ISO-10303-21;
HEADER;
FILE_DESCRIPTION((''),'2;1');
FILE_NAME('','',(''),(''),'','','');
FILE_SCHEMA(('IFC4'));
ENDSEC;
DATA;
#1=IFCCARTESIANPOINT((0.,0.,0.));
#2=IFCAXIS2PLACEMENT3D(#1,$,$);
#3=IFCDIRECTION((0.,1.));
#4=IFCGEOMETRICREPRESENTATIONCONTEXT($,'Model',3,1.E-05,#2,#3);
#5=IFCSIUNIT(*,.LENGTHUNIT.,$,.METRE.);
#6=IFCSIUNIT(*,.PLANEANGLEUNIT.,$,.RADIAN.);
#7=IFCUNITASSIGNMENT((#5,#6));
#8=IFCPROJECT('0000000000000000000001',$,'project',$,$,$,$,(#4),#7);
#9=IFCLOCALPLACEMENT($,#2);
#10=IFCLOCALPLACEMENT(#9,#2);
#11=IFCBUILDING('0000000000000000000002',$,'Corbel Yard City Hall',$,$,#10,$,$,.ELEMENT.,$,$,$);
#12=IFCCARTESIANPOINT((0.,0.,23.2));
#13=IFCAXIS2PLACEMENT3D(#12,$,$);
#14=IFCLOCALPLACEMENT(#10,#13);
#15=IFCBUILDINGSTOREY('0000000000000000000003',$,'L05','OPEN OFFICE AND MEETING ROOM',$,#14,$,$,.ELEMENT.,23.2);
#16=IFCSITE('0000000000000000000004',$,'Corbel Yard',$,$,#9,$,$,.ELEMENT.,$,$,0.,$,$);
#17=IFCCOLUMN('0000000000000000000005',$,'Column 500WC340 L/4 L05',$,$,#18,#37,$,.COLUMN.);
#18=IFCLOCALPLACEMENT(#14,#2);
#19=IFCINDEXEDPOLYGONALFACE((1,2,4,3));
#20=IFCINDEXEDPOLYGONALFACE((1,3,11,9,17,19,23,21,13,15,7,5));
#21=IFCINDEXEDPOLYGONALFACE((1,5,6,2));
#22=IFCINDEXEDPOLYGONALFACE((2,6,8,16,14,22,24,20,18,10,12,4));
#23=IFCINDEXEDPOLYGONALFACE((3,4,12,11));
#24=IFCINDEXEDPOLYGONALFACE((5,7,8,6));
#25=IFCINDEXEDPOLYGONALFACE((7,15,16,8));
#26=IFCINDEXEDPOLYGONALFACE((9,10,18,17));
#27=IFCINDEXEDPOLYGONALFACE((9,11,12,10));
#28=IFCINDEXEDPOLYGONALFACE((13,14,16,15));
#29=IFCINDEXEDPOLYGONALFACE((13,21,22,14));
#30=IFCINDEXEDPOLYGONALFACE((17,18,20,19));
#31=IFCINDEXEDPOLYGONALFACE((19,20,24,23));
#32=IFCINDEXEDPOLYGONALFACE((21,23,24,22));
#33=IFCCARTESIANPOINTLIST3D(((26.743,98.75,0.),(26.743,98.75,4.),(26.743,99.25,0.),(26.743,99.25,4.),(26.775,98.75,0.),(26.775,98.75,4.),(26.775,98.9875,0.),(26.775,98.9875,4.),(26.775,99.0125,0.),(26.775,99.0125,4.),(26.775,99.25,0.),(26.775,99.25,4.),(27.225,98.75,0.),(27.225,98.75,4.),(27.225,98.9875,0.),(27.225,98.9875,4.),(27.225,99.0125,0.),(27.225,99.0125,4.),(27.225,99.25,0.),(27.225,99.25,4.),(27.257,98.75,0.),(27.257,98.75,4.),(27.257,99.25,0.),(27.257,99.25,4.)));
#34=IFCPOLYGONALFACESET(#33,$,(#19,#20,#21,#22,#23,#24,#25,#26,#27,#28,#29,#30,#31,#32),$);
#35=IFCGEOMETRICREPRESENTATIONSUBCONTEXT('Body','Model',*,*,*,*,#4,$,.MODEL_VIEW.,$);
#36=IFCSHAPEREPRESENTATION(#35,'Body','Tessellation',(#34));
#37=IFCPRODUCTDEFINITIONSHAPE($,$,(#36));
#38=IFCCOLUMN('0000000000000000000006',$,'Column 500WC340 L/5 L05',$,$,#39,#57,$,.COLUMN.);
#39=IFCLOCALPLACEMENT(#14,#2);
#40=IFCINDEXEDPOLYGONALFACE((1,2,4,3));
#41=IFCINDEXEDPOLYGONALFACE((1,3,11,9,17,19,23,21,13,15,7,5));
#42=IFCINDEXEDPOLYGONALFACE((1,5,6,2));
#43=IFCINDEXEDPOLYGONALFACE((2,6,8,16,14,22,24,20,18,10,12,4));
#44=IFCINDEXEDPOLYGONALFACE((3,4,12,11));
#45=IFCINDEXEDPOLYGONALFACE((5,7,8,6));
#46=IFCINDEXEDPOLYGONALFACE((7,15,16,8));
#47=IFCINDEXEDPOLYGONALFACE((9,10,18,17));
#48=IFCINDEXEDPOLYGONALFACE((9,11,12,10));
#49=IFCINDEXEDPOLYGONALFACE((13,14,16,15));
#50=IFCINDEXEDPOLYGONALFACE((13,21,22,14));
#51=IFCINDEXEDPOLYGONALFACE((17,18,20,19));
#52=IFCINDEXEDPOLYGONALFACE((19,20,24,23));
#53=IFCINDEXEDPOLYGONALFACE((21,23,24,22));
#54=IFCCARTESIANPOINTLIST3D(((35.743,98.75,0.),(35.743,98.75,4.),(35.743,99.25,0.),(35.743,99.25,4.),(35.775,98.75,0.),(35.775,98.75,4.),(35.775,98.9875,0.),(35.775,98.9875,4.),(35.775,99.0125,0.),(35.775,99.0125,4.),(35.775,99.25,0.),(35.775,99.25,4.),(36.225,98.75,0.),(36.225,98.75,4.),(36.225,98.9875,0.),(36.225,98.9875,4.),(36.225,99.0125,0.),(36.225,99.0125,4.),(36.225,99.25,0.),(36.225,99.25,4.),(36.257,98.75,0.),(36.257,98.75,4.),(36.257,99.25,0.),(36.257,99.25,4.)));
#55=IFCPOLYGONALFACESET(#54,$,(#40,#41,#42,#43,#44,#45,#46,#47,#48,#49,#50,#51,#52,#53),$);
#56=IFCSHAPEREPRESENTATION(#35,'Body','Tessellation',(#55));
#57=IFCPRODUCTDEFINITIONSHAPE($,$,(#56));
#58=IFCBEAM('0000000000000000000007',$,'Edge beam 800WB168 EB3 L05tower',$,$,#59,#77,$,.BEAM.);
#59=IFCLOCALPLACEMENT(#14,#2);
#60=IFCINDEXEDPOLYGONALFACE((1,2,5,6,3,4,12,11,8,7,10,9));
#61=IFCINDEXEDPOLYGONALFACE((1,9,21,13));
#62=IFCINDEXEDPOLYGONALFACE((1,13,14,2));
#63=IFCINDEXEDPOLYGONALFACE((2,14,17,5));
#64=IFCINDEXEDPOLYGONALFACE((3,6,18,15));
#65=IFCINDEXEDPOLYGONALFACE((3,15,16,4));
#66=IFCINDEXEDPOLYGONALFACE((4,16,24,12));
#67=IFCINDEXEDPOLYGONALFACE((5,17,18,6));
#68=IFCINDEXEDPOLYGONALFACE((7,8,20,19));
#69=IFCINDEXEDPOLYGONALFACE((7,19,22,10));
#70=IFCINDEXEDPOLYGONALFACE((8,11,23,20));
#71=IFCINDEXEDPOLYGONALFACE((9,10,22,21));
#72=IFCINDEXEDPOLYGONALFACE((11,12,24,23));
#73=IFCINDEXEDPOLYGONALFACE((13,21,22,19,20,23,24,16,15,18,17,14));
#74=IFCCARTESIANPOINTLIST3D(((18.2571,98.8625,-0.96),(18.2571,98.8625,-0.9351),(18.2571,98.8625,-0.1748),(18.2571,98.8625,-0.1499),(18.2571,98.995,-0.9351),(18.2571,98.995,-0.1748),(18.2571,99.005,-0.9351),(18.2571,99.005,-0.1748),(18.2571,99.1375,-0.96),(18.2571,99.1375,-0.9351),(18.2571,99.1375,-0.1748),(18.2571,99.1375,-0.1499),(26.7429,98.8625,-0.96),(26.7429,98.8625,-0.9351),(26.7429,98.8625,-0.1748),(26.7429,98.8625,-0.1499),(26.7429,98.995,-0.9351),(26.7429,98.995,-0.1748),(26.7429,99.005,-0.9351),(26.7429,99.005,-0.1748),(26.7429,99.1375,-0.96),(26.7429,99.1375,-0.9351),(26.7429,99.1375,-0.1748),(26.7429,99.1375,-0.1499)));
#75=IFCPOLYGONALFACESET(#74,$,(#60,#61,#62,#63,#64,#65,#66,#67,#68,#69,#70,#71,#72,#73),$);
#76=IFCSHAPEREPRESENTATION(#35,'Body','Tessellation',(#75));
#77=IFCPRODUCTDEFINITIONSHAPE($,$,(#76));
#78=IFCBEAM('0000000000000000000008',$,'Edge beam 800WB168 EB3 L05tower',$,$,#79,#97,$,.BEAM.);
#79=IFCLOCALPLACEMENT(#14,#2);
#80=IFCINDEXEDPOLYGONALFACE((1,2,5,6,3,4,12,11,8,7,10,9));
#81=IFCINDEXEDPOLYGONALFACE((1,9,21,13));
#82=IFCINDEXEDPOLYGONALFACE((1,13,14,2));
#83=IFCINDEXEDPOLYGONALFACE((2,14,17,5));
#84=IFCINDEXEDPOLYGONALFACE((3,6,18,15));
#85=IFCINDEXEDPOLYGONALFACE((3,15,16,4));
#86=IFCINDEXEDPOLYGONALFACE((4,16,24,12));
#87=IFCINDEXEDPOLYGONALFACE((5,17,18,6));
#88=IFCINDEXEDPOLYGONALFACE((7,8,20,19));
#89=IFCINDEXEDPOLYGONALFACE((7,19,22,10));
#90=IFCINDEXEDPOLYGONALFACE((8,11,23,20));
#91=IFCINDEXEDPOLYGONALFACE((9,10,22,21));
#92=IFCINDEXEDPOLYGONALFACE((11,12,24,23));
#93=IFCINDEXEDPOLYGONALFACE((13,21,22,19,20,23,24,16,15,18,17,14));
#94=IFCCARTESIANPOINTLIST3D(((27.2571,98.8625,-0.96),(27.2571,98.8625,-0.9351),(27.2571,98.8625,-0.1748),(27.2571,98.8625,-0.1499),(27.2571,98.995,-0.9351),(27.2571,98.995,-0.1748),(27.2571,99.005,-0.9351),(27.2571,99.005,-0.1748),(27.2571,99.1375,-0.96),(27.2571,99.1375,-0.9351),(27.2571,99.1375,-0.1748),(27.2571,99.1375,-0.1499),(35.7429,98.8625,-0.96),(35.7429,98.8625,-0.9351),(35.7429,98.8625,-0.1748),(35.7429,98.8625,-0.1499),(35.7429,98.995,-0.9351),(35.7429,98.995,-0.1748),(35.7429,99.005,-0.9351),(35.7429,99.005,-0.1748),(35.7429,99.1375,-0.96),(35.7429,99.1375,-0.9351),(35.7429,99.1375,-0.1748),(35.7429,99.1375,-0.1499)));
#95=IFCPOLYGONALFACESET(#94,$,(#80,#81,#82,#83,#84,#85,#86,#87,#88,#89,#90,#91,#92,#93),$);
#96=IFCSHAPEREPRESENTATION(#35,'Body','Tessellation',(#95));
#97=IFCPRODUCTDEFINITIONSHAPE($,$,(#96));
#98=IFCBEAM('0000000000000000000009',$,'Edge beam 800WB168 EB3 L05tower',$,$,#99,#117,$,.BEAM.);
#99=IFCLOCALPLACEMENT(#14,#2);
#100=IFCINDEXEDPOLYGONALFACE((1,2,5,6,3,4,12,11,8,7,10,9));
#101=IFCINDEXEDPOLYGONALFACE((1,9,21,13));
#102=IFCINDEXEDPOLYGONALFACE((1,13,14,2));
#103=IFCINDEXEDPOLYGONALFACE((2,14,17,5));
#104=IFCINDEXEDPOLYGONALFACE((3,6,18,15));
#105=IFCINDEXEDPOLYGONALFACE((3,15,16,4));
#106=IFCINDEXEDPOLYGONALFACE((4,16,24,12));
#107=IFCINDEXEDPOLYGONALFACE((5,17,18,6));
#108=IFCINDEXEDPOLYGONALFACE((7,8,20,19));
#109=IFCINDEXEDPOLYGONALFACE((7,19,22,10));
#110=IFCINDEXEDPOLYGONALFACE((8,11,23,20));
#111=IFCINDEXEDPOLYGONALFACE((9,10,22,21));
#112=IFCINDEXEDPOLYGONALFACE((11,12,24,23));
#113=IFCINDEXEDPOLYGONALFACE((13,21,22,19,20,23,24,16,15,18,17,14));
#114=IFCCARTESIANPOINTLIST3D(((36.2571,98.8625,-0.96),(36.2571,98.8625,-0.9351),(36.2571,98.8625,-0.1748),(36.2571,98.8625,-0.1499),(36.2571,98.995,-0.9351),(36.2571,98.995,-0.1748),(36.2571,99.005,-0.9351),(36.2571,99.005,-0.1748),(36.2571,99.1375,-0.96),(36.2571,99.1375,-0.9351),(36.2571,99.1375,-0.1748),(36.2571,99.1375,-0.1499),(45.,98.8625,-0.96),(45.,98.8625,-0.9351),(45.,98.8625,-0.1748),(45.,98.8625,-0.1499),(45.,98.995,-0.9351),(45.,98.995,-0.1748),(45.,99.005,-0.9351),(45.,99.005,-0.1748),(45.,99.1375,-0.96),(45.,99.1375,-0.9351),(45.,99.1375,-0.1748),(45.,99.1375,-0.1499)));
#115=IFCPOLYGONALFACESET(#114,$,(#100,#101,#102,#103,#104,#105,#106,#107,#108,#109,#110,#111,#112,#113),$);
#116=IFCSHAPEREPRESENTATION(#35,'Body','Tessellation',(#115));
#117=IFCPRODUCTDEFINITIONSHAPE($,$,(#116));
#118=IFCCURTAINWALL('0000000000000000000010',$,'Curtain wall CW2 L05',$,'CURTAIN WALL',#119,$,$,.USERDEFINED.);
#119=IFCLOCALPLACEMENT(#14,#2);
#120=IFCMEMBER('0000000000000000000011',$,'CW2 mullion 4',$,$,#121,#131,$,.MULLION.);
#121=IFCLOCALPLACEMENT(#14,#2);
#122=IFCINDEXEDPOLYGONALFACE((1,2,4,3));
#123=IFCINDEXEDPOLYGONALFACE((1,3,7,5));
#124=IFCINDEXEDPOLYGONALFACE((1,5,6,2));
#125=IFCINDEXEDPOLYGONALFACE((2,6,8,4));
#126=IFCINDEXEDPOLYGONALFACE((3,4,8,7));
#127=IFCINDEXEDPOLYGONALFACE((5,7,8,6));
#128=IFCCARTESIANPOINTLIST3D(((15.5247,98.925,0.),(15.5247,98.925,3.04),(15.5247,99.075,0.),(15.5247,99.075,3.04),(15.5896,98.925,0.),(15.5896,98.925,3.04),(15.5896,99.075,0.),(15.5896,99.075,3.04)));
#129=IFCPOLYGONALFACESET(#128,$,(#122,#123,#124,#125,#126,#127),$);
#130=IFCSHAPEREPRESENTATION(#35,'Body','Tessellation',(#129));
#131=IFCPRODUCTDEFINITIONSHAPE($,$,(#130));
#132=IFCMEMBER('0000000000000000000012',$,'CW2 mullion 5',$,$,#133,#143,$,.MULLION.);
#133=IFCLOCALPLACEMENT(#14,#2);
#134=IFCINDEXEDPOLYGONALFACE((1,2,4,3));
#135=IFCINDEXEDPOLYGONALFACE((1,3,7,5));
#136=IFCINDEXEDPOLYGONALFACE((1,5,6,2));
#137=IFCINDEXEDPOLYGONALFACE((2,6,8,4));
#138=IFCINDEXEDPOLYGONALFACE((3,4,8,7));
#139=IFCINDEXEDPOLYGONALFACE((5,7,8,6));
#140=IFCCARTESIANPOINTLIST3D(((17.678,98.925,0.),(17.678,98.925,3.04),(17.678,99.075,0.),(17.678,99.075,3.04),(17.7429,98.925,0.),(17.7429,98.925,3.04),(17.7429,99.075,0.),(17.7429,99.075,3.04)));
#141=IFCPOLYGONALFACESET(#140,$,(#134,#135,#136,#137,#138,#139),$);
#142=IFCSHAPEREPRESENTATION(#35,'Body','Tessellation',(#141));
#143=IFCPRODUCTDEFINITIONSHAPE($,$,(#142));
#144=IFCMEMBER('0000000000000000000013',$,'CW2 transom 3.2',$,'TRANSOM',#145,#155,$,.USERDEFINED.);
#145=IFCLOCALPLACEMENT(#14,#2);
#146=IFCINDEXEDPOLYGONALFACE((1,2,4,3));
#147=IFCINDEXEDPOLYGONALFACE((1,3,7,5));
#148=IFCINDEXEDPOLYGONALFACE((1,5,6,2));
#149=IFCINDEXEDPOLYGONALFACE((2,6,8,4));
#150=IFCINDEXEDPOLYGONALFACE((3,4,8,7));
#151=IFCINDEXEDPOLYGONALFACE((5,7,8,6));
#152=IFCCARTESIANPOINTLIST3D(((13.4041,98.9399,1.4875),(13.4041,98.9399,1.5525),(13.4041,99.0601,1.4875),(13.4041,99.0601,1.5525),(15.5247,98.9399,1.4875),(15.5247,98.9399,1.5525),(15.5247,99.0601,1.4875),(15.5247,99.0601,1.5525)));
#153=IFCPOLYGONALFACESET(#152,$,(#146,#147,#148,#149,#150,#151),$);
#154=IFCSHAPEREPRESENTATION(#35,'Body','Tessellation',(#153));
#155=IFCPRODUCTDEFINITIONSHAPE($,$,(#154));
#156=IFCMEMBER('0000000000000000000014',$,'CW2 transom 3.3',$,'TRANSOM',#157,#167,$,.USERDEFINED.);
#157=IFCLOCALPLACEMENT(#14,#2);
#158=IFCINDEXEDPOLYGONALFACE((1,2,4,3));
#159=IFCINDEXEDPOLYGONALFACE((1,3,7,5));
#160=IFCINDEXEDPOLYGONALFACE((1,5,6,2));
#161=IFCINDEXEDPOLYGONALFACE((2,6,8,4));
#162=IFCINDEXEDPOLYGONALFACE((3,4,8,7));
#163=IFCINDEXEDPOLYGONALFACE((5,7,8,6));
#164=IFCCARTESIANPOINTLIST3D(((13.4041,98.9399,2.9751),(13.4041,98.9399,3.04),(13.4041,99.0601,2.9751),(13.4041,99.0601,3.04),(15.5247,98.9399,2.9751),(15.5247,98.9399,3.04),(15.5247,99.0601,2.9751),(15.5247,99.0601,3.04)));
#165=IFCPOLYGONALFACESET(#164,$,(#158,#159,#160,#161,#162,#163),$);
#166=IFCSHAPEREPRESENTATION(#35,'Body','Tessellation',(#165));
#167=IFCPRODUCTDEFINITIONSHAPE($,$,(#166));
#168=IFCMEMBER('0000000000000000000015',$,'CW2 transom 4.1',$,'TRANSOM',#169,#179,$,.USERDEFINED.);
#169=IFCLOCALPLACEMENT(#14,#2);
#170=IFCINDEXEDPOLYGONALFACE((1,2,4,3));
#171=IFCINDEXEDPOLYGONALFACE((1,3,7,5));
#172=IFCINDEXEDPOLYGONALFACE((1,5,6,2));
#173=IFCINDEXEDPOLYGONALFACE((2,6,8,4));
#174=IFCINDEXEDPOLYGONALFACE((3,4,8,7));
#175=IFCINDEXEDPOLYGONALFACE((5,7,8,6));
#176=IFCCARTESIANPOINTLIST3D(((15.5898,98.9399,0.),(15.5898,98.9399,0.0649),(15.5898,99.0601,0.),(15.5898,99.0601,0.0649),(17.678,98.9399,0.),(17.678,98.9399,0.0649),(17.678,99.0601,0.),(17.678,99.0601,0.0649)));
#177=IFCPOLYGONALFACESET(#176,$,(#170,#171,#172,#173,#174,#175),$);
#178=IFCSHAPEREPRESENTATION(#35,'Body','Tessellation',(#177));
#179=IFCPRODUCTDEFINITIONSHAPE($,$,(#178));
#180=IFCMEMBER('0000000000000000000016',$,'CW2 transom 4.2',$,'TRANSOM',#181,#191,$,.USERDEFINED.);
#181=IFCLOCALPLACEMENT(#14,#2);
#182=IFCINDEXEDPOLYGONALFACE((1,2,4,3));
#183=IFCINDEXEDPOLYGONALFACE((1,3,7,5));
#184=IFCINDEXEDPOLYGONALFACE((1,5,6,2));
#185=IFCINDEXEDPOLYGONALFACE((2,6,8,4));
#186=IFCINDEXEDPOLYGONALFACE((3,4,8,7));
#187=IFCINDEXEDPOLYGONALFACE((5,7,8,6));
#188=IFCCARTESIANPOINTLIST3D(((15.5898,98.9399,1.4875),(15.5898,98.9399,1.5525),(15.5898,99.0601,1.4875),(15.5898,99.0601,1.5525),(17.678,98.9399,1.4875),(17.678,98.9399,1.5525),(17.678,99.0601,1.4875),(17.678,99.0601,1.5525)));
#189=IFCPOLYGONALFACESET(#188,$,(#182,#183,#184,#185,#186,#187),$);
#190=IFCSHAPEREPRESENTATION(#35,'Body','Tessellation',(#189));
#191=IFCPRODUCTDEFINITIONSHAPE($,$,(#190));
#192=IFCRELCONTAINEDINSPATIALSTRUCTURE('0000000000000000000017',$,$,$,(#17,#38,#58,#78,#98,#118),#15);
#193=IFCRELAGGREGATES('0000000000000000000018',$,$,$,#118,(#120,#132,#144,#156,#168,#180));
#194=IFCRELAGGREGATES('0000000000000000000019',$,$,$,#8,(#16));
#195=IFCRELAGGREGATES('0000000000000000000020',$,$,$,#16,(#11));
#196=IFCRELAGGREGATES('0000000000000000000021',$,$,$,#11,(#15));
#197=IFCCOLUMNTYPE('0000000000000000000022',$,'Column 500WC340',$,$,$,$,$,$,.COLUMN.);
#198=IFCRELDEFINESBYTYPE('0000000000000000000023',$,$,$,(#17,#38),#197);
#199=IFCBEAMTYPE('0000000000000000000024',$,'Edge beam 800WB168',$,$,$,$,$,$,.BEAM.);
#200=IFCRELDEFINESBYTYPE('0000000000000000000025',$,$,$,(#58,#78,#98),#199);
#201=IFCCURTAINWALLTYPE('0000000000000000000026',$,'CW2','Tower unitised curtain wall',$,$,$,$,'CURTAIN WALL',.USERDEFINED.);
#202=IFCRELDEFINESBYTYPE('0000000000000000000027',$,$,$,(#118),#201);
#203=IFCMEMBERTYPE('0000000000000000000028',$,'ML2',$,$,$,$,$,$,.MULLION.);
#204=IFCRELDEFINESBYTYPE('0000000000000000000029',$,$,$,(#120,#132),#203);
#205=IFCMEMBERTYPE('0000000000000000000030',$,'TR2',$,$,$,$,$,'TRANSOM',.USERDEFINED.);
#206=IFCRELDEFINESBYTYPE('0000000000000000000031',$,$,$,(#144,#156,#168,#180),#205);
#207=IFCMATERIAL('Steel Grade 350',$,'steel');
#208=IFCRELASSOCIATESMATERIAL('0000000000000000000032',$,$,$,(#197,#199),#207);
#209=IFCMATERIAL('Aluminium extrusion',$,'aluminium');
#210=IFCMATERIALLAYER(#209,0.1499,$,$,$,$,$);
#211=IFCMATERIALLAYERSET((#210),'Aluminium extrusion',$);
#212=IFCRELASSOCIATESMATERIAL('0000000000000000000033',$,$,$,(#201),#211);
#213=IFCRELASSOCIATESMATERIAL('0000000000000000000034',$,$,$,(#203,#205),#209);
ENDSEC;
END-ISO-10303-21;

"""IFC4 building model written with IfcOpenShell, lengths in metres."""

from ifc_helpers import new_model, si_unit, direction, frame, origin, origin_2d, place, context, subcontext, project, spatial, rectangle, i_section, extrude, material, layer, layer_set, material_profile, profile_set, type_object, element, aggregate, save


model = new_model("IFC4")

# Units and contexts
model_context = context("Model", 3, precision=1e-05, world=origin(), true_north=direction((0.0, 1.0)))
body_context = subcontext(model_context, "Body", "Model", "MODEL_VIEW")
ifc_project = project(units=[si_unit("LENGTHUNIT", "METRE"), si_unit("PLANEANGLEUNIT", "RADIAN")], contexts=[model_context])

# Site, building, storey
site_placement = place(None, origin())
site = spatial("IfcSite", under=ifc_project, at=site_placement, Name="Corbel Yard", CompositionType="ELEMENT", RefElevation=0.0)
building_placement = place(site_placement, origin())
building = spatial("IfcBuilding", under=site, at=building_placement, Name="Corbel Yard City Hall", CompositionType="ELEMENT")
storey_placement = place(building_placement, frame((0.0, 0.0, 23.2)))
storey = spatial("IfcBuildingStorey", under=building, at=storey_placement, Name="L05", Description="OPEN OFFICE AND MEETING ROOM", CompositionType="ELEMENT", Elevation=23.2)

# Columns
ifc_material_1 = material(Name="Steel Grade 350", Category="steel")
ifc_material_profile_1 = material_profile(ifc_material_1, i_section(OverallWidth=0.5, OverallDepth=0.5139, WebThickness=0.0249, FlangeThickness=0.032, at=origin_2d()), Name="500WC340")
ifc_profile_set_1 = profile_set([ifc_material_profile_1], Name="Steel Grade 350")
column_type = type_object("IfcColumnType", Name="Column 500WC340", PredefinedType="COLUMN", material=ifc_profile_set_1)
for number, where, z_axis, x_axis, name in (
    (1, (27.0, 99.0, 0.0), (0.0, 0.0, 1.0), (0.0, 1.0, 0.0), "Column 500WC340 L/4 L05"),
    (2, (36.0, 99.0, 0.0), (0.0, 0.0, 1.0), (0.0, 1.0, 0.0), "Column 500WC340 L/5 L05"),
):
    element("IfcColumn", number, at=place(storey_placement, frame(where, z_axis=z_axis, x_axis=x_axis)), inside=storey, type_object=column_type, Name=name, PredefinedType="COLUMN", context=body_context, shape_type="SweptSolid", body=[
        extrude(i_section(OverallWidth=0.5, OverallDepth=0.5139, WebThickness=0.0249, FlangeThickness=0.032, at=origin_2d()), origin(), (0.0, 0.0, 1.0), 4.0),
    ])

# Beams
ifc_material_profile_2 = material_profile(ifc_material_1, i_section(OverallWidth=0.2749, OverallDepth=0.8101, WebThickness=0.01, FlangeThickness=0.0249, at=origin_2d()), Name="800WB168")
ifc_profile_set_2 = profile_set([ifc_material_profile_2], Name="Steel Grade 350")
beam_type = type_object("IfcBeamType", Name="Edge beam 800WB168", PredefinedType="BEAM", material=ifc_profile_set_2)
for number, where, z_axis, x_axis, name in (
    (3, (18.2571, 99.0, -0.5549), (1.0, 0.0, 0.0), (0.0, 1.0, 0.0), "Edge beam 800WB168 EB3 L05tower"),
    (4, (27.2571, 99.0, -0.5549), (1.0, 0.0, 0.0), (0.0, 1.0, 0.0), "Edge beam 800WB168 EB3 L05tower"),
):
    element("IfcBeam", number, at=place(storey_placement, frame(where, z_axis=z_axis, x_axis=x_axis)), inside=storey, type_object=beam_type, Name=name, PredefinedType="BEAM", context=body_context, shape_type="SweptSolid", body=[
        extrude(i_section(OverallWidth=0.2749, OverallDepth=0.8101, WebThickness=0.01, FlangeThickness=0.0249, at=origin_2d()), origin(), (0.0, 0.0, 1.0), 8.4858),
    ])
beam_placement = place(storey_placement, frame((36.2571, 99.0, -0.5549), z_axis=(1.0, 0.0, 0.0), x_axis=(0.0, 1.0, 0.0)))
element("IfcBeam", 5, at=beam_placement, inside=storey, type_object=beam_type, Name="Edge beam 800WB168 EB3 L05tower", PredefinedType="BEAM", context=body_context, shape_type="SweptSolid", body=[
    extrude(i_section(OverallWidth=0.2749, OverallDepth=0.8101, WebThickness=0.01, FlangeThickness=0.0249, at=origin_2d()), origin(), (0.0, 0.0, 1.0), 8.7429),
])

# Curtain wall, members
ifc_material_2 = material(Name="Aluminium extrusion", Category="aluminium")
ifc_layer_1 = layer(ifc_material_2, 0.1499)
ifc_layer_set_1 = layer_set([ifc_layer_1], Name="Aluminium extrusion")
curtain_wall_type = type_object("IfcCurtainWallType", Name="CW2", Description="Tower unitised curtain wall", ElementType="CURTAIN WALL", PredefinedType="USERDEFINED", material=ifc_layer_set_1)
curtain_wall_placement = place(storey_placement, origin())
curtain_wall = element("IfcCurtainWall", 6, at=curtain_wall_placement, inside=storey, type_object=curtain_wall_type, Name="Curtain wall CW2 L05", ObjectType="CURTAIN WALL", PredefinedType="USERDEFINED")
ifc_material_profile_3 = material_profile(ifc_material_2, rectangle(XDim=0.1499, YDim=0.0649, at=origin_2d()), Name="150x65")
ifc_profile_set_3 = profile_set([ifc_material_profile_3], Name="Aluminium extrusion")
member_type_1 = type_object("IfcMemberType", Name="ML2", PredefinedType="MULLION", material=ifc_profile_set_3)
member_1_placement = place(storey_placement, frame((15.5571, 99.0, 0.0), z_axis=(0.0, 0.0, 1.0), x_axis=(0.0, 1.0, 0.0)))
member_1 = element("IfcMember", 7, at=member_1_placement, type_object=member_type_1, Name="CW2 mullion 4", PredefinedType="MULLION", context=body_context, shape_type="SweptSolid", body=[
    extrude(rectangle(XDim=0.1499, YDim=0.0649, at=origin_2d()), origin(), (0.0, 0.0, 1.0), 3.04),
])
member_2_placement = place(storey_placement, frame((17.7104, 99.0, 0.0), z_axis=(0.0, 0.0, 1.0), x_axis=(0.0, 1.0, 0.0)))
member_2 = element("IfcMember", 8, at=member_2_placement, type_object=member_type_1, Name="CW2 mullion 5", PredefinedType="MULLION", context=body_context, shape_type="SweptSolid", body=[
    extrude(rectangle(XDim=0.1499, YDim=0.0649, at=origin_2d()), origin(), (0.0, 0.0, 1.0), 3.04),
])
ifc_material_profile_4 = material_profile(ifc_material_2, rectangle(XDim=0.1201, YDim=0.0649, at=origin_2d()), Name="120x65")
ifc_profile_set_4 = profile_set([ifc_material_profile_4], Name="Aluminium extrusion")
member_type_2 = type_object("IfcMemberType", Name="TR2", ElementType="TRANSOM", PredefinedType="USERDEFINED", material=ifc_profile_set_4)
member_3_placement = place(storey_placement, frame((13.4041, 99.0, 1.52), z_axis=(1.0, 0.0, 0.0), x_axis=(0.0, 1.0, 0.0)))
member_3 = element("IfcMember", 9, at=member_3_placement, type_object=member_type_2, Name="CW2 transom 3.2", ObjectType="TRANSOM", PredefinedType="USERDEFINED", context=body_context, shape_type="SweptSolid", body=[
    extrude(rectangle(XDim=0.1201, YDim=0.0649, at=origin_2d()), origin(), (0.0, 0.0, 1.0), 2.1206),
])
member_4_placement = place(storey_placement, frame((13.4041, 99.0, 3.0076), z_axis=(1.0, 0.0, 0.0), x_axis=(0.0, 1.0, 0.0)))
member_4 = element("IfcMember", 10, at=member_4_placement, type_object=member_type_2, Name="CW2 transom 3.3", ObjectType="TRANSOM", PredefinedType="USERDEFINED", context=body_context, shape_type="SweptSolid", body=[
    extrude(rectangle(XDim=0.1201, YDim=0.0649, at=origin_2d()), origin(), (0.0, 0.0, 1.0), 2.1206),
])
member_5_placement = place(storey_placement, frame((15.5898, 99.0, 0.0325), z_axis=(1.0, 0.0, 0.0), x_axis=(0.0, 1.0, 0.0)))
member_5 = element("IfcMember", 11, at=member_5_placement, type_object=member_type_2, Name="CW2 transom 4.1", ObjectType="TRANSOM", PredefinedType="USERDEFINED", context=body_context, shape_type="SweptSolid", body=[
    extrude(rectangle(XDim=0.1201, YDim=0.0649, at=origin_2d()), origin(), (0.0, 0.0, 1.0), 2.0881),
])
member_6_placement = place(storey_placement, frame((15.5898, 99.0, 1.52), z_axis=(1.0, 0.0, 0.0), x_axis=(0.0, 1.0, 0.0)))
member_6 = element("IfcMember", 12, at=member_6_placement, type_object=member_type_2, Name="CW2 transom 4.2", ObjectType="TRANSOM", PredefinedType="USERDEFINED", context=body_context, shape_type="SweptSolid", body=[
    extrude(rectangle(XDim=0.1201, YDim=0.0649, at=origin_2d()), origin(), (0.0, 0.0, 1.0), 2.0881),
])
aggregate(curtain_wall, [member_1, member_2, member_3, member_4, member_5, member_6])

save(model, "model.ifc")
